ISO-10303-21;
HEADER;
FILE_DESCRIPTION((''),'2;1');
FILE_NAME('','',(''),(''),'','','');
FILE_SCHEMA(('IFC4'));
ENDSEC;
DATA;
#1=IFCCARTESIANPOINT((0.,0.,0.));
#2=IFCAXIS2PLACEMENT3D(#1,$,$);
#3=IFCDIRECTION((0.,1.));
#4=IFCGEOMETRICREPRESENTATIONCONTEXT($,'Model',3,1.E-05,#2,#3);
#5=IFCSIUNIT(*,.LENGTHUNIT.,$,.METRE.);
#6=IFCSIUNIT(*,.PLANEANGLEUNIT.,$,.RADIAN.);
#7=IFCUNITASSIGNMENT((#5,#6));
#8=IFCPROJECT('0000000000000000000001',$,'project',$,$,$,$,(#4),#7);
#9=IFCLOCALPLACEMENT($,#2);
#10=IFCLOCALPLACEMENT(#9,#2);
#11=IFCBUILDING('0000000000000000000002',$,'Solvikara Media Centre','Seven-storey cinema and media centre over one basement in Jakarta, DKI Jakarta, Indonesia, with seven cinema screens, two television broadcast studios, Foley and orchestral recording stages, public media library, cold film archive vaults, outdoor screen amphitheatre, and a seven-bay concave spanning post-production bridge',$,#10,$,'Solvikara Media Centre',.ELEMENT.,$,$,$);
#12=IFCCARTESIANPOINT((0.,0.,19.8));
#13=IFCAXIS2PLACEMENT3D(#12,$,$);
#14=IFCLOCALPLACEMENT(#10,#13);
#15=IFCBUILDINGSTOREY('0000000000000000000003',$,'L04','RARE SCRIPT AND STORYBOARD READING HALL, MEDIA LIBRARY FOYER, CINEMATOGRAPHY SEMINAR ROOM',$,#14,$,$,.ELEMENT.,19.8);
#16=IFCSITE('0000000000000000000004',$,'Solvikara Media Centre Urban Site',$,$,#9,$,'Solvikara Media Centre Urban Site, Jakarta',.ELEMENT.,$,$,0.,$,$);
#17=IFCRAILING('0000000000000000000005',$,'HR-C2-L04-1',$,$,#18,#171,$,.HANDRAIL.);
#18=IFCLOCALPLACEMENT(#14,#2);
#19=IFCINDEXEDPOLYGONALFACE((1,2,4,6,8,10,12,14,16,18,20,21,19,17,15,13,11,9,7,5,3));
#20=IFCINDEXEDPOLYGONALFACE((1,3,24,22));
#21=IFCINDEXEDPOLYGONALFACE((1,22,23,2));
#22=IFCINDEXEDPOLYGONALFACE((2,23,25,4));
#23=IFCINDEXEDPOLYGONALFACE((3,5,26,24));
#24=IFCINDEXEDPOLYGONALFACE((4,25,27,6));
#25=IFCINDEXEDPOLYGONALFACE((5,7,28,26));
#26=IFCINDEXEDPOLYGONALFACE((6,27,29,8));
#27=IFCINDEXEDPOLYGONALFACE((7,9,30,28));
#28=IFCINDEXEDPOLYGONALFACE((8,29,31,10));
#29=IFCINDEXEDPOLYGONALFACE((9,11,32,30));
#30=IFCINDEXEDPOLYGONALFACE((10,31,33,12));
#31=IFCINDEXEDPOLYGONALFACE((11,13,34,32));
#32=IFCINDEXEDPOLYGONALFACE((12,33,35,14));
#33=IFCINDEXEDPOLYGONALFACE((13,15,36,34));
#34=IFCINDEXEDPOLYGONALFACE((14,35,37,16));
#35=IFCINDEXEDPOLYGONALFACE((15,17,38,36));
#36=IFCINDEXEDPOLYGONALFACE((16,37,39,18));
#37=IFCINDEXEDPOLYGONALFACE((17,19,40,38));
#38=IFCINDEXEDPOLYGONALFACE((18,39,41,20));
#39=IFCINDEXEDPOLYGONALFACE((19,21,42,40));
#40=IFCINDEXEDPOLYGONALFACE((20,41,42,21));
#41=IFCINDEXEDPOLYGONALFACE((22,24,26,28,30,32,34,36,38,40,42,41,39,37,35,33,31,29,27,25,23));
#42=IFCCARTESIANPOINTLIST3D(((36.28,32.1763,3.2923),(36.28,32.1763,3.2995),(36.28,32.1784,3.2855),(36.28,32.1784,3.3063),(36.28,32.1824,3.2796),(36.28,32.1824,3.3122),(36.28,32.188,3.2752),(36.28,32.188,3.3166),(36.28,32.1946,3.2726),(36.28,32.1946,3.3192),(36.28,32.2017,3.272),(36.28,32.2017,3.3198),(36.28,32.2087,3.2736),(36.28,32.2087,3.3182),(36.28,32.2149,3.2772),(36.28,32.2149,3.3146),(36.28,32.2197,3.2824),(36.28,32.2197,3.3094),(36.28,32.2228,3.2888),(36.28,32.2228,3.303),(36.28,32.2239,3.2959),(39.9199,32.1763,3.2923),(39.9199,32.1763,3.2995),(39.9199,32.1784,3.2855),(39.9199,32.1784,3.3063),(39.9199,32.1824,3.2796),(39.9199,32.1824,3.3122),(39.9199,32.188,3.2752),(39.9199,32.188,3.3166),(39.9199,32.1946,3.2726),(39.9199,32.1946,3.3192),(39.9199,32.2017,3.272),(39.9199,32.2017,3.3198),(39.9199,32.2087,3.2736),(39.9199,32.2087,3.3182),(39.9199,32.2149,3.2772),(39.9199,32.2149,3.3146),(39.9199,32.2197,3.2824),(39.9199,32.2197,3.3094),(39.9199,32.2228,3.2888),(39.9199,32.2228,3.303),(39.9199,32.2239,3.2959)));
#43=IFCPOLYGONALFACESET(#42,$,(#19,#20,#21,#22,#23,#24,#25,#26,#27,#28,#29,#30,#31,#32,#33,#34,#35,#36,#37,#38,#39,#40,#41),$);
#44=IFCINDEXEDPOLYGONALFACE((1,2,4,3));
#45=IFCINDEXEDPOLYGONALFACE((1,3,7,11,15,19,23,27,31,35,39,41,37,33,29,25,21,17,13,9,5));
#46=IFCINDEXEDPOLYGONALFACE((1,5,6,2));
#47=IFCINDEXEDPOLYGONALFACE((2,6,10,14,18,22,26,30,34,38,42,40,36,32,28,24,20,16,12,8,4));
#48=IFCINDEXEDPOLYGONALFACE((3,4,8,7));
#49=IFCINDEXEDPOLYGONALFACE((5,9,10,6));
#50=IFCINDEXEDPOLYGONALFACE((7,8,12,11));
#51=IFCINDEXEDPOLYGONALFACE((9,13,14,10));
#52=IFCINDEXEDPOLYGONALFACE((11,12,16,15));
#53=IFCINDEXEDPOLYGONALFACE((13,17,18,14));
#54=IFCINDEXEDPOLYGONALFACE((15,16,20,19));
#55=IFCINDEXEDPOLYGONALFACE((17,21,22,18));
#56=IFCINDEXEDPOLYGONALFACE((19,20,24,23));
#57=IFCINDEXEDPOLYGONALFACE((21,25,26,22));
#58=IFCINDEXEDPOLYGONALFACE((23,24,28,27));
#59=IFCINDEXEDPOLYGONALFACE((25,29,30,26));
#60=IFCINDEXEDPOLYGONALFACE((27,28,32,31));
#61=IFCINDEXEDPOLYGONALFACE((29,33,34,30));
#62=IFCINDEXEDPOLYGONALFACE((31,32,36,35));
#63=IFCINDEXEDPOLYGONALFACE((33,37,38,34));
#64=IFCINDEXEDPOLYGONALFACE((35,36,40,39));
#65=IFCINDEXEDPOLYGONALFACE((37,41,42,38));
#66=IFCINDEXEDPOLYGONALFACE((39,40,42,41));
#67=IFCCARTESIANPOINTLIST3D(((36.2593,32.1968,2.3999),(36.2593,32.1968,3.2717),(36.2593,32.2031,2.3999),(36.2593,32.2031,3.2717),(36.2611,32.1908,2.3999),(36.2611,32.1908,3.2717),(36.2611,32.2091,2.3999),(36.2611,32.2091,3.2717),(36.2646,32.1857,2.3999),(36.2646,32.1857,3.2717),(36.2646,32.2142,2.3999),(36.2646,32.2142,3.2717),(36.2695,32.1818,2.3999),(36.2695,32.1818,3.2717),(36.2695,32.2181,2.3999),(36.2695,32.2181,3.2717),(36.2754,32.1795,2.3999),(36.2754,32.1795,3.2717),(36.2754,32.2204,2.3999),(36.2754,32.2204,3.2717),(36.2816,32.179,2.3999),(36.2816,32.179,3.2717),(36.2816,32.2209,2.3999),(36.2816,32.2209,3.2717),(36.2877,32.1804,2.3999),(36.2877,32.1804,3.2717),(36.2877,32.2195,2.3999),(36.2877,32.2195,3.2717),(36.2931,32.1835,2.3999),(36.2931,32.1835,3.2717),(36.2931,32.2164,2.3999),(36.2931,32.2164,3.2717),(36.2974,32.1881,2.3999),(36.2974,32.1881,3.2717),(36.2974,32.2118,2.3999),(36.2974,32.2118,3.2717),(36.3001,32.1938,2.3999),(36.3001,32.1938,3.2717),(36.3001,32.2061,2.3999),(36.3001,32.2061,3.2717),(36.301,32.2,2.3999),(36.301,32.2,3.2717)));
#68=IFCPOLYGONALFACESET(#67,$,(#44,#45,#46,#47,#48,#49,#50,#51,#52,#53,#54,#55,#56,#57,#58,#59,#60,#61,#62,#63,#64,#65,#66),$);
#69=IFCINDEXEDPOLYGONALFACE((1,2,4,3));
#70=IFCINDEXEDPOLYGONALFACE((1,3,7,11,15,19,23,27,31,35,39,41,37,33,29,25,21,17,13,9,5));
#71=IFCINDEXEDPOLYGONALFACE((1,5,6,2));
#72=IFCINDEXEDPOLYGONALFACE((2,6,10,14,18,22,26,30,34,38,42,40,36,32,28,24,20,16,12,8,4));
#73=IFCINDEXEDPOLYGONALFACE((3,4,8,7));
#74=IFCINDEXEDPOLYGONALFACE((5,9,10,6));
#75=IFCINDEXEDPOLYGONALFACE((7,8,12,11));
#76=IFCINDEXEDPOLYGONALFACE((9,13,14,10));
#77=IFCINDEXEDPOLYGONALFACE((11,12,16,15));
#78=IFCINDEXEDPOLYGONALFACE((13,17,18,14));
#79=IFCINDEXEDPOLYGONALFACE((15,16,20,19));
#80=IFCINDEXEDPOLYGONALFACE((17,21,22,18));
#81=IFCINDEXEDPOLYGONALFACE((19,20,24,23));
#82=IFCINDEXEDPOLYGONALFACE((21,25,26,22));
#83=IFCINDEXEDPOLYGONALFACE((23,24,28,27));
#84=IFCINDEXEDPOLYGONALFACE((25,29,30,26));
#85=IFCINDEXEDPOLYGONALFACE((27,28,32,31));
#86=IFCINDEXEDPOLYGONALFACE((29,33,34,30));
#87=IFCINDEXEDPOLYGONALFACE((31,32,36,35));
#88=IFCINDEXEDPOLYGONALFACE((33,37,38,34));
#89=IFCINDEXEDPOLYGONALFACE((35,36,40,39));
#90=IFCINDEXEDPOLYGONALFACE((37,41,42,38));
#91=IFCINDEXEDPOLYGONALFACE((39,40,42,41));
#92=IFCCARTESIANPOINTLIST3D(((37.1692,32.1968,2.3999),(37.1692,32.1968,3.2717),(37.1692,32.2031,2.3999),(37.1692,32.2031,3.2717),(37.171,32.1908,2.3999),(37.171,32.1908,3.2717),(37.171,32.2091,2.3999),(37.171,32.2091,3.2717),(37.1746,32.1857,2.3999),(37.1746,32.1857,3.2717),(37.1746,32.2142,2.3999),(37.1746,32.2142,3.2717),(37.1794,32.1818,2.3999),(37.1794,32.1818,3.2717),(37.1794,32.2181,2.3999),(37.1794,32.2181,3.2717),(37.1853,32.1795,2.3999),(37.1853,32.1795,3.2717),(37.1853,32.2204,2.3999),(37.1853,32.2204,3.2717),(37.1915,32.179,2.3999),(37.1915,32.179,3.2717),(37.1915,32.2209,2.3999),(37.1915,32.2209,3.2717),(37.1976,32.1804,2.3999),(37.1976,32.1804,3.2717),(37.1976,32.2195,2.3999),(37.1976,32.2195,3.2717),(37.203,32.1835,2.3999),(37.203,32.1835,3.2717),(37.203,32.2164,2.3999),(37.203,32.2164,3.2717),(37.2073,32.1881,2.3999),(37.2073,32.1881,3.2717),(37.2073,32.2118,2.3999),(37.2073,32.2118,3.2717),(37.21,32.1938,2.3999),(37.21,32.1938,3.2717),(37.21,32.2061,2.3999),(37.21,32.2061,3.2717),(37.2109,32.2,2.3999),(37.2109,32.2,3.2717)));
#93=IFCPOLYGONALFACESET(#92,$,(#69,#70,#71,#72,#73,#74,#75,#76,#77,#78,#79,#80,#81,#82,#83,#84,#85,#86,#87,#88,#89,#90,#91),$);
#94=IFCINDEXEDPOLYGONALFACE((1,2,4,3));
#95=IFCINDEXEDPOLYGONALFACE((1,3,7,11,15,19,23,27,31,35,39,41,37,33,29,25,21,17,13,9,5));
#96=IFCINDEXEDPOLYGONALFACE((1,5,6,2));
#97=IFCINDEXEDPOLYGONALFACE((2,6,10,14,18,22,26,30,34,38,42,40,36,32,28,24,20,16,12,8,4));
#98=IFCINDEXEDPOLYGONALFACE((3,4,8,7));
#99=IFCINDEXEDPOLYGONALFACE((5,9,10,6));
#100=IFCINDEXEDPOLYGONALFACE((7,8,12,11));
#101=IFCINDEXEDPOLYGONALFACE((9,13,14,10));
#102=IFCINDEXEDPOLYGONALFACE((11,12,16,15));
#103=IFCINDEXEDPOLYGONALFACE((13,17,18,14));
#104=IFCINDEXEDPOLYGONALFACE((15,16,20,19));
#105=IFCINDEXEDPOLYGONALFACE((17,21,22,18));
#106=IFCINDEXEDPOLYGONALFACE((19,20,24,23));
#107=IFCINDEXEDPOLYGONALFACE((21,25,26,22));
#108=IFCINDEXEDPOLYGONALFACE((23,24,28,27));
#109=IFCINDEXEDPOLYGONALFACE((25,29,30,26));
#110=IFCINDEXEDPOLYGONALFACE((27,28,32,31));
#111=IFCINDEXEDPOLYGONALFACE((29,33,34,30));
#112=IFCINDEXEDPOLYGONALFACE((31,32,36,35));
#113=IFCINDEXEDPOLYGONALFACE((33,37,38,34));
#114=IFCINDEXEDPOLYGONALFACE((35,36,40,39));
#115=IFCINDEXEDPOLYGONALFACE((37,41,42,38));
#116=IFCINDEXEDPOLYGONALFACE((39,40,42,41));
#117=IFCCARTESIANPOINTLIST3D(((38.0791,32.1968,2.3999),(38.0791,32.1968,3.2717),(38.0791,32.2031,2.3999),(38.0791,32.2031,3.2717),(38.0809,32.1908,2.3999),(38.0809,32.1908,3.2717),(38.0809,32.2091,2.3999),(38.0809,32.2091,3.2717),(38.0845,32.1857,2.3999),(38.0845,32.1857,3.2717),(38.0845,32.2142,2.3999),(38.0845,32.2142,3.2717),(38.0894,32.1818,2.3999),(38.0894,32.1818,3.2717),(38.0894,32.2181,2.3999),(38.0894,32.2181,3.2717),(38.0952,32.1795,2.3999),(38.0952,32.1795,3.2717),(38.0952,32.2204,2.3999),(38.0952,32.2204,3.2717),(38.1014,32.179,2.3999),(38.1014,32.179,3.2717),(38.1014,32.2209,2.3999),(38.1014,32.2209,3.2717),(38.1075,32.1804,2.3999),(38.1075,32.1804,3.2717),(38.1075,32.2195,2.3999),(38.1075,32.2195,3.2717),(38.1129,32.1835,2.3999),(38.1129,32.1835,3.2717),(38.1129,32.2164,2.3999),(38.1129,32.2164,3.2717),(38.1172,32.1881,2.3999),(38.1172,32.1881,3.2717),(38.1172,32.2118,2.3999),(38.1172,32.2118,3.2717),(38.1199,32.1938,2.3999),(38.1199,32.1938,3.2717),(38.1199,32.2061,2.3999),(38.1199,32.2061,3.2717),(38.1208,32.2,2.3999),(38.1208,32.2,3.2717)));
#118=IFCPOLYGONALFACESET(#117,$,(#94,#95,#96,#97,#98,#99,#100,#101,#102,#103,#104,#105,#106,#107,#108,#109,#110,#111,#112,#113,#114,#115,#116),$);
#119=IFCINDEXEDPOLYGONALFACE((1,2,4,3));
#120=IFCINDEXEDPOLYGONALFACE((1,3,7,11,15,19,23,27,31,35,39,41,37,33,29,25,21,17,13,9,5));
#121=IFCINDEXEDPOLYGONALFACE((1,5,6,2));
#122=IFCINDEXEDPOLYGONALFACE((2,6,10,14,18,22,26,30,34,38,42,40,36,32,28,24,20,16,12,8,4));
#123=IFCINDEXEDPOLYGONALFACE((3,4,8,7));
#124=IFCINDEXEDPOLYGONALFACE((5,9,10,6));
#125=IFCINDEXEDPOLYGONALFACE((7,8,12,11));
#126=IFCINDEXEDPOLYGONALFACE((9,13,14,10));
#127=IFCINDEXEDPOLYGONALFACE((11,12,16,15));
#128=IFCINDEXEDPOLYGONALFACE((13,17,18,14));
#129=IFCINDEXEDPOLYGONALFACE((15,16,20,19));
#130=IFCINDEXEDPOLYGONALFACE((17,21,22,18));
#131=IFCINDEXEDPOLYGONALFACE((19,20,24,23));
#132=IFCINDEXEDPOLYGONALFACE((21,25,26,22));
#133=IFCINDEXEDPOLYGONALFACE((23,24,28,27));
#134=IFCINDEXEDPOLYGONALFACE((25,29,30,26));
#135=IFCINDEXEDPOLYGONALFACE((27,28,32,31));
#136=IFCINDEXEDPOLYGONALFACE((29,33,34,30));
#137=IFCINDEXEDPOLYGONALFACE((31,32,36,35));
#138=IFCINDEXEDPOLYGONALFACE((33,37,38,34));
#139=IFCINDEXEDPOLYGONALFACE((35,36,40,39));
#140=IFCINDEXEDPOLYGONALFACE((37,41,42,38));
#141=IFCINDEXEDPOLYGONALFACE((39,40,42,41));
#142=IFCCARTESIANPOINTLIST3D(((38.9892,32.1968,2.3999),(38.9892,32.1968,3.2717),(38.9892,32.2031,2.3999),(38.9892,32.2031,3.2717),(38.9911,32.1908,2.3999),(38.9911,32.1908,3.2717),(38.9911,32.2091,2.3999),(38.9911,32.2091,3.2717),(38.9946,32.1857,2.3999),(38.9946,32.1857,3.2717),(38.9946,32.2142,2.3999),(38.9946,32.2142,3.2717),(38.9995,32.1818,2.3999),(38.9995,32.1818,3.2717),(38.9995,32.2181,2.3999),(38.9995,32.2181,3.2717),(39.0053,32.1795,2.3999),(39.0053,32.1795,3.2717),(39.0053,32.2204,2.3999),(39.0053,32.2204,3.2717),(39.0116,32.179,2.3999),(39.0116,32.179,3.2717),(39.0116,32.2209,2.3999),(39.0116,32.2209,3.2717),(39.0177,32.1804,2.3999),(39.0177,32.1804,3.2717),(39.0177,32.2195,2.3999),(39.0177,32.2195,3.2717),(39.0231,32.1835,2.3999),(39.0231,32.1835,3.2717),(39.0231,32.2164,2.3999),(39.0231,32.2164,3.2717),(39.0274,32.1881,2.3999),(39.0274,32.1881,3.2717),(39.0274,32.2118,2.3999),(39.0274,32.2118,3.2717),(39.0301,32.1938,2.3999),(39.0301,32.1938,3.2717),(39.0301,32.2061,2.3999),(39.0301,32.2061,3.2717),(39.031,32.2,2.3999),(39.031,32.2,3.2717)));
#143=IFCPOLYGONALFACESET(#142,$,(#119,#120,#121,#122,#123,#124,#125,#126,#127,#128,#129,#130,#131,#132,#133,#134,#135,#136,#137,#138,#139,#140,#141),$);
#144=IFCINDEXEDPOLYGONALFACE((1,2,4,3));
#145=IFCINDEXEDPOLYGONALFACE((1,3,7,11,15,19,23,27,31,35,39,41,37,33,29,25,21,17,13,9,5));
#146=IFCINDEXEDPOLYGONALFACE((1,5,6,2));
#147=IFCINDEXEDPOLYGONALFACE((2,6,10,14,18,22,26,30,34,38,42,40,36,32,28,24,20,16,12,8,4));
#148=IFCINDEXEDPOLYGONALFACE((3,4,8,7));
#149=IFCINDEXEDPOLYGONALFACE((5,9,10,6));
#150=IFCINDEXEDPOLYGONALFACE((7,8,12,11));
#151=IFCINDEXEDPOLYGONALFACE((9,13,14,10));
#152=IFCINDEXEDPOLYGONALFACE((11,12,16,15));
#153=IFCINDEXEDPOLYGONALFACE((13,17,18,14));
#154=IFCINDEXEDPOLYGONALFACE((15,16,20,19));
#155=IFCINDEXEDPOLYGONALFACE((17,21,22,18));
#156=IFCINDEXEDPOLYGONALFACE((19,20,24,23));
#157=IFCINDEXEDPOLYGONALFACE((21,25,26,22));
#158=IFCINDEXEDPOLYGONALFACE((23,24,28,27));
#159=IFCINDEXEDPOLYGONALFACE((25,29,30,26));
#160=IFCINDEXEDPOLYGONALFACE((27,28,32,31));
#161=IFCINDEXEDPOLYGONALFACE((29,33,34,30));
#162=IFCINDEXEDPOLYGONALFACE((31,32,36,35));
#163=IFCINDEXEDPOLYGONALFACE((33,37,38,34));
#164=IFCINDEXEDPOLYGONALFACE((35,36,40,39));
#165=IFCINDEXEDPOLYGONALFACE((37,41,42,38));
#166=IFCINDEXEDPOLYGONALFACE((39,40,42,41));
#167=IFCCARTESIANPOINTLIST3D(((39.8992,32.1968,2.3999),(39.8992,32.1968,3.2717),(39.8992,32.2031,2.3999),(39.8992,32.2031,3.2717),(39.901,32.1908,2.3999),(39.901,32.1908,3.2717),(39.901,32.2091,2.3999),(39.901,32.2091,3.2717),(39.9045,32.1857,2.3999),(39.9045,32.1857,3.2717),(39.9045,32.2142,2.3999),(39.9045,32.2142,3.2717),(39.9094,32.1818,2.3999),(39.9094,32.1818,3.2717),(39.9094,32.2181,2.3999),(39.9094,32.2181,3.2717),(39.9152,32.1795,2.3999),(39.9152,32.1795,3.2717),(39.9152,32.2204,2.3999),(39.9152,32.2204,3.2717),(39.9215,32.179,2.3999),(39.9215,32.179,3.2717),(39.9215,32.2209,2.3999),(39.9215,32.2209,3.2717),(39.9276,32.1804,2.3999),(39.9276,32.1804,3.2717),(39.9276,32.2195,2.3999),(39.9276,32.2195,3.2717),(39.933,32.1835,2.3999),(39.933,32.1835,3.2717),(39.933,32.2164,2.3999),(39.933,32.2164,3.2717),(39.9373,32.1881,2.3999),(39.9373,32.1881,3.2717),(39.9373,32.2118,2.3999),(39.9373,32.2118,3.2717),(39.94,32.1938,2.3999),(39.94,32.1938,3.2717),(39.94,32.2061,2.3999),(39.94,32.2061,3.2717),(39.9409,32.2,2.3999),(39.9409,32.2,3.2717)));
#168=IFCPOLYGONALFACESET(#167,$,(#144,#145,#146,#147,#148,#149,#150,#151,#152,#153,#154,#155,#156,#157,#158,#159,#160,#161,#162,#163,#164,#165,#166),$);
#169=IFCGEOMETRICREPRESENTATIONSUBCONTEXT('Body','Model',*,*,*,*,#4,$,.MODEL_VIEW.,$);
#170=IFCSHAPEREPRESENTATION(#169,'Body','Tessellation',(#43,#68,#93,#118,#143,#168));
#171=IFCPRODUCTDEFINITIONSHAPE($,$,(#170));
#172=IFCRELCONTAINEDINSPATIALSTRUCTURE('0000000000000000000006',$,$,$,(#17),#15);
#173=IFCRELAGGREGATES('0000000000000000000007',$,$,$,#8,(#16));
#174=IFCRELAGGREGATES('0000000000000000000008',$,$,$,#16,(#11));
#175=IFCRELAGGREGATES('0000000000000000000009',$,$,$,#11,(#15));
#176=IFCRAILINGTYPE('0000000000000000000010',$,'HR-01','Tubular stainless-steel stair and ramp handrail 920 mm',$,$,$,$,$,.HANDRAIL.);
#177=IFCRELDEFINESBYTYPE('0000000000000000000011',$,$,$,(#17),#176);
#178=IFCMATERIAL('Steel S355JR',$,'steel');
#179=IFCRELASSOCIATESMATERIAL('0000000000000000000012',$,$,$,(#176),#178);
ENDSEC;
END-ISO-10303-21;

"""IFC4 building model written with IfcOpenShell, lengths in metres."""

from ifc_helpers import new_model, si_unit, direction, frame, origin, origin_2d, place, context, subcontext, project, spatial, circle, extrude, material, type_object, element, save


model = new_model("IFC4")

# Units and contexts
model_context = context("Model", 3, precision=1e-05, world=origin(), true_north=direction((0.0, 1.0)))
body_context = subcontext(model_context, "Body", "Model", "MODEL_VIEW")
ifc_project = project(units=[si_unit("LENGTHUNIT", "METRE"), si_unit("PLANEANGLEUNIT", "RADIAN")], contexts=[model_context])

# Site, building, storey
site_placement = place(None, origin())
site = spatial("IfcSite", under=ifc_project, at=site_placement, Name="Solvikara Media Centre Urban Site", LongName="Solvikara Media Centre Urban Site, Jakarta", CompositionType="ELEMENT", RefElevation=0.0)
building_placement = place(site_placement, origin())
building = spatial("IfcBuilding", under=site, at=building_placement, Name="Solvikara Media Centre", Description="Seven-storey cinema and media centre over one basement in Jakarta, DKI Jakarta, Indonesia, with seven cinema screens, two television broadcast studios, Foley and orchestral recording stages, public media library, cold film archive vaults, outdoor screen amphitheatre, and a seven-bay concave spanning post-production bridge", LongName="Solvikara Media Centre", CompositionType="ELEMENT")
storey_placement = place(building_placement, frame((0.0, 0.0, 19.8)))
storey = spatial("IfcBuildingStorey", under=building, at=storey_placement, Name="L04", Description="RARE SCRIPT AND STORYBOARD READING HALL, MEDIA LIBRARY FOYER, CINEMATOGRAPHY SEMINAR ROOM", CompositionType="ELEMENT", Elevation=19.8)

# Shared definitions
ifc_material_1 = material(Name="Steel S355JR", Category="steel")

# Railing
railing_type_1 = type_object("IfcRailingType", Name="HR-01", Description="Tubular stainless-steel stair and ramp handrail 920 mm", PredefinedType="HANDRAIL", material=ifc_material_1)
railing_1_placement = place(storey_placement, frame((36.28, 32.2, 2.3999)))
element("IfcRailing", 1, at=railing_1_placement, inside=storey, type_object=railing_type_1, Name="HR-C2-L04-1", PredefinedType="HANDRAIL", context=body_context, shape_type="SweptSolid", body=[
    extrude(circle(Radius=0.0239, at=origin_2d()), frame((0.0, 0.0, 0.896), z_axis=(1.0, 0.0, 0.0), x_axis=(0.0, 1.0, 0.0)), (0.0, 0.0, 1.0), 3.6399),
    extrude(circle(Radius=0.021, at=origin_2d()), origin(), (0.0, 0.0, 1.0), 0.8718),
    extrude(circle(Radius=0.021, at=origin_2d()), frame((0.9099, 0.0, 0.0)), (0.0, 0.0, 1.0), 0.8718),
    extrude(circle(Radius=0.021, at=origin_2d()), frame((1.8198, 0.0, 0.0)), (0.0, 0.0, 1.0), 0.8718),
    extrude(circle(Radius=0.021, at=origin_2d()), frame((2.73, 0.0, 0.0)), (0.0, 0.0, 1.0), 0.8718),
    extrude(circle(Radius=0.021, at=origin_2d()), frame((3.6399, 0.0, 0.0)), (0.0, 0.0, 1.0), 0.8718),
])

save(model, "model.ifc")
